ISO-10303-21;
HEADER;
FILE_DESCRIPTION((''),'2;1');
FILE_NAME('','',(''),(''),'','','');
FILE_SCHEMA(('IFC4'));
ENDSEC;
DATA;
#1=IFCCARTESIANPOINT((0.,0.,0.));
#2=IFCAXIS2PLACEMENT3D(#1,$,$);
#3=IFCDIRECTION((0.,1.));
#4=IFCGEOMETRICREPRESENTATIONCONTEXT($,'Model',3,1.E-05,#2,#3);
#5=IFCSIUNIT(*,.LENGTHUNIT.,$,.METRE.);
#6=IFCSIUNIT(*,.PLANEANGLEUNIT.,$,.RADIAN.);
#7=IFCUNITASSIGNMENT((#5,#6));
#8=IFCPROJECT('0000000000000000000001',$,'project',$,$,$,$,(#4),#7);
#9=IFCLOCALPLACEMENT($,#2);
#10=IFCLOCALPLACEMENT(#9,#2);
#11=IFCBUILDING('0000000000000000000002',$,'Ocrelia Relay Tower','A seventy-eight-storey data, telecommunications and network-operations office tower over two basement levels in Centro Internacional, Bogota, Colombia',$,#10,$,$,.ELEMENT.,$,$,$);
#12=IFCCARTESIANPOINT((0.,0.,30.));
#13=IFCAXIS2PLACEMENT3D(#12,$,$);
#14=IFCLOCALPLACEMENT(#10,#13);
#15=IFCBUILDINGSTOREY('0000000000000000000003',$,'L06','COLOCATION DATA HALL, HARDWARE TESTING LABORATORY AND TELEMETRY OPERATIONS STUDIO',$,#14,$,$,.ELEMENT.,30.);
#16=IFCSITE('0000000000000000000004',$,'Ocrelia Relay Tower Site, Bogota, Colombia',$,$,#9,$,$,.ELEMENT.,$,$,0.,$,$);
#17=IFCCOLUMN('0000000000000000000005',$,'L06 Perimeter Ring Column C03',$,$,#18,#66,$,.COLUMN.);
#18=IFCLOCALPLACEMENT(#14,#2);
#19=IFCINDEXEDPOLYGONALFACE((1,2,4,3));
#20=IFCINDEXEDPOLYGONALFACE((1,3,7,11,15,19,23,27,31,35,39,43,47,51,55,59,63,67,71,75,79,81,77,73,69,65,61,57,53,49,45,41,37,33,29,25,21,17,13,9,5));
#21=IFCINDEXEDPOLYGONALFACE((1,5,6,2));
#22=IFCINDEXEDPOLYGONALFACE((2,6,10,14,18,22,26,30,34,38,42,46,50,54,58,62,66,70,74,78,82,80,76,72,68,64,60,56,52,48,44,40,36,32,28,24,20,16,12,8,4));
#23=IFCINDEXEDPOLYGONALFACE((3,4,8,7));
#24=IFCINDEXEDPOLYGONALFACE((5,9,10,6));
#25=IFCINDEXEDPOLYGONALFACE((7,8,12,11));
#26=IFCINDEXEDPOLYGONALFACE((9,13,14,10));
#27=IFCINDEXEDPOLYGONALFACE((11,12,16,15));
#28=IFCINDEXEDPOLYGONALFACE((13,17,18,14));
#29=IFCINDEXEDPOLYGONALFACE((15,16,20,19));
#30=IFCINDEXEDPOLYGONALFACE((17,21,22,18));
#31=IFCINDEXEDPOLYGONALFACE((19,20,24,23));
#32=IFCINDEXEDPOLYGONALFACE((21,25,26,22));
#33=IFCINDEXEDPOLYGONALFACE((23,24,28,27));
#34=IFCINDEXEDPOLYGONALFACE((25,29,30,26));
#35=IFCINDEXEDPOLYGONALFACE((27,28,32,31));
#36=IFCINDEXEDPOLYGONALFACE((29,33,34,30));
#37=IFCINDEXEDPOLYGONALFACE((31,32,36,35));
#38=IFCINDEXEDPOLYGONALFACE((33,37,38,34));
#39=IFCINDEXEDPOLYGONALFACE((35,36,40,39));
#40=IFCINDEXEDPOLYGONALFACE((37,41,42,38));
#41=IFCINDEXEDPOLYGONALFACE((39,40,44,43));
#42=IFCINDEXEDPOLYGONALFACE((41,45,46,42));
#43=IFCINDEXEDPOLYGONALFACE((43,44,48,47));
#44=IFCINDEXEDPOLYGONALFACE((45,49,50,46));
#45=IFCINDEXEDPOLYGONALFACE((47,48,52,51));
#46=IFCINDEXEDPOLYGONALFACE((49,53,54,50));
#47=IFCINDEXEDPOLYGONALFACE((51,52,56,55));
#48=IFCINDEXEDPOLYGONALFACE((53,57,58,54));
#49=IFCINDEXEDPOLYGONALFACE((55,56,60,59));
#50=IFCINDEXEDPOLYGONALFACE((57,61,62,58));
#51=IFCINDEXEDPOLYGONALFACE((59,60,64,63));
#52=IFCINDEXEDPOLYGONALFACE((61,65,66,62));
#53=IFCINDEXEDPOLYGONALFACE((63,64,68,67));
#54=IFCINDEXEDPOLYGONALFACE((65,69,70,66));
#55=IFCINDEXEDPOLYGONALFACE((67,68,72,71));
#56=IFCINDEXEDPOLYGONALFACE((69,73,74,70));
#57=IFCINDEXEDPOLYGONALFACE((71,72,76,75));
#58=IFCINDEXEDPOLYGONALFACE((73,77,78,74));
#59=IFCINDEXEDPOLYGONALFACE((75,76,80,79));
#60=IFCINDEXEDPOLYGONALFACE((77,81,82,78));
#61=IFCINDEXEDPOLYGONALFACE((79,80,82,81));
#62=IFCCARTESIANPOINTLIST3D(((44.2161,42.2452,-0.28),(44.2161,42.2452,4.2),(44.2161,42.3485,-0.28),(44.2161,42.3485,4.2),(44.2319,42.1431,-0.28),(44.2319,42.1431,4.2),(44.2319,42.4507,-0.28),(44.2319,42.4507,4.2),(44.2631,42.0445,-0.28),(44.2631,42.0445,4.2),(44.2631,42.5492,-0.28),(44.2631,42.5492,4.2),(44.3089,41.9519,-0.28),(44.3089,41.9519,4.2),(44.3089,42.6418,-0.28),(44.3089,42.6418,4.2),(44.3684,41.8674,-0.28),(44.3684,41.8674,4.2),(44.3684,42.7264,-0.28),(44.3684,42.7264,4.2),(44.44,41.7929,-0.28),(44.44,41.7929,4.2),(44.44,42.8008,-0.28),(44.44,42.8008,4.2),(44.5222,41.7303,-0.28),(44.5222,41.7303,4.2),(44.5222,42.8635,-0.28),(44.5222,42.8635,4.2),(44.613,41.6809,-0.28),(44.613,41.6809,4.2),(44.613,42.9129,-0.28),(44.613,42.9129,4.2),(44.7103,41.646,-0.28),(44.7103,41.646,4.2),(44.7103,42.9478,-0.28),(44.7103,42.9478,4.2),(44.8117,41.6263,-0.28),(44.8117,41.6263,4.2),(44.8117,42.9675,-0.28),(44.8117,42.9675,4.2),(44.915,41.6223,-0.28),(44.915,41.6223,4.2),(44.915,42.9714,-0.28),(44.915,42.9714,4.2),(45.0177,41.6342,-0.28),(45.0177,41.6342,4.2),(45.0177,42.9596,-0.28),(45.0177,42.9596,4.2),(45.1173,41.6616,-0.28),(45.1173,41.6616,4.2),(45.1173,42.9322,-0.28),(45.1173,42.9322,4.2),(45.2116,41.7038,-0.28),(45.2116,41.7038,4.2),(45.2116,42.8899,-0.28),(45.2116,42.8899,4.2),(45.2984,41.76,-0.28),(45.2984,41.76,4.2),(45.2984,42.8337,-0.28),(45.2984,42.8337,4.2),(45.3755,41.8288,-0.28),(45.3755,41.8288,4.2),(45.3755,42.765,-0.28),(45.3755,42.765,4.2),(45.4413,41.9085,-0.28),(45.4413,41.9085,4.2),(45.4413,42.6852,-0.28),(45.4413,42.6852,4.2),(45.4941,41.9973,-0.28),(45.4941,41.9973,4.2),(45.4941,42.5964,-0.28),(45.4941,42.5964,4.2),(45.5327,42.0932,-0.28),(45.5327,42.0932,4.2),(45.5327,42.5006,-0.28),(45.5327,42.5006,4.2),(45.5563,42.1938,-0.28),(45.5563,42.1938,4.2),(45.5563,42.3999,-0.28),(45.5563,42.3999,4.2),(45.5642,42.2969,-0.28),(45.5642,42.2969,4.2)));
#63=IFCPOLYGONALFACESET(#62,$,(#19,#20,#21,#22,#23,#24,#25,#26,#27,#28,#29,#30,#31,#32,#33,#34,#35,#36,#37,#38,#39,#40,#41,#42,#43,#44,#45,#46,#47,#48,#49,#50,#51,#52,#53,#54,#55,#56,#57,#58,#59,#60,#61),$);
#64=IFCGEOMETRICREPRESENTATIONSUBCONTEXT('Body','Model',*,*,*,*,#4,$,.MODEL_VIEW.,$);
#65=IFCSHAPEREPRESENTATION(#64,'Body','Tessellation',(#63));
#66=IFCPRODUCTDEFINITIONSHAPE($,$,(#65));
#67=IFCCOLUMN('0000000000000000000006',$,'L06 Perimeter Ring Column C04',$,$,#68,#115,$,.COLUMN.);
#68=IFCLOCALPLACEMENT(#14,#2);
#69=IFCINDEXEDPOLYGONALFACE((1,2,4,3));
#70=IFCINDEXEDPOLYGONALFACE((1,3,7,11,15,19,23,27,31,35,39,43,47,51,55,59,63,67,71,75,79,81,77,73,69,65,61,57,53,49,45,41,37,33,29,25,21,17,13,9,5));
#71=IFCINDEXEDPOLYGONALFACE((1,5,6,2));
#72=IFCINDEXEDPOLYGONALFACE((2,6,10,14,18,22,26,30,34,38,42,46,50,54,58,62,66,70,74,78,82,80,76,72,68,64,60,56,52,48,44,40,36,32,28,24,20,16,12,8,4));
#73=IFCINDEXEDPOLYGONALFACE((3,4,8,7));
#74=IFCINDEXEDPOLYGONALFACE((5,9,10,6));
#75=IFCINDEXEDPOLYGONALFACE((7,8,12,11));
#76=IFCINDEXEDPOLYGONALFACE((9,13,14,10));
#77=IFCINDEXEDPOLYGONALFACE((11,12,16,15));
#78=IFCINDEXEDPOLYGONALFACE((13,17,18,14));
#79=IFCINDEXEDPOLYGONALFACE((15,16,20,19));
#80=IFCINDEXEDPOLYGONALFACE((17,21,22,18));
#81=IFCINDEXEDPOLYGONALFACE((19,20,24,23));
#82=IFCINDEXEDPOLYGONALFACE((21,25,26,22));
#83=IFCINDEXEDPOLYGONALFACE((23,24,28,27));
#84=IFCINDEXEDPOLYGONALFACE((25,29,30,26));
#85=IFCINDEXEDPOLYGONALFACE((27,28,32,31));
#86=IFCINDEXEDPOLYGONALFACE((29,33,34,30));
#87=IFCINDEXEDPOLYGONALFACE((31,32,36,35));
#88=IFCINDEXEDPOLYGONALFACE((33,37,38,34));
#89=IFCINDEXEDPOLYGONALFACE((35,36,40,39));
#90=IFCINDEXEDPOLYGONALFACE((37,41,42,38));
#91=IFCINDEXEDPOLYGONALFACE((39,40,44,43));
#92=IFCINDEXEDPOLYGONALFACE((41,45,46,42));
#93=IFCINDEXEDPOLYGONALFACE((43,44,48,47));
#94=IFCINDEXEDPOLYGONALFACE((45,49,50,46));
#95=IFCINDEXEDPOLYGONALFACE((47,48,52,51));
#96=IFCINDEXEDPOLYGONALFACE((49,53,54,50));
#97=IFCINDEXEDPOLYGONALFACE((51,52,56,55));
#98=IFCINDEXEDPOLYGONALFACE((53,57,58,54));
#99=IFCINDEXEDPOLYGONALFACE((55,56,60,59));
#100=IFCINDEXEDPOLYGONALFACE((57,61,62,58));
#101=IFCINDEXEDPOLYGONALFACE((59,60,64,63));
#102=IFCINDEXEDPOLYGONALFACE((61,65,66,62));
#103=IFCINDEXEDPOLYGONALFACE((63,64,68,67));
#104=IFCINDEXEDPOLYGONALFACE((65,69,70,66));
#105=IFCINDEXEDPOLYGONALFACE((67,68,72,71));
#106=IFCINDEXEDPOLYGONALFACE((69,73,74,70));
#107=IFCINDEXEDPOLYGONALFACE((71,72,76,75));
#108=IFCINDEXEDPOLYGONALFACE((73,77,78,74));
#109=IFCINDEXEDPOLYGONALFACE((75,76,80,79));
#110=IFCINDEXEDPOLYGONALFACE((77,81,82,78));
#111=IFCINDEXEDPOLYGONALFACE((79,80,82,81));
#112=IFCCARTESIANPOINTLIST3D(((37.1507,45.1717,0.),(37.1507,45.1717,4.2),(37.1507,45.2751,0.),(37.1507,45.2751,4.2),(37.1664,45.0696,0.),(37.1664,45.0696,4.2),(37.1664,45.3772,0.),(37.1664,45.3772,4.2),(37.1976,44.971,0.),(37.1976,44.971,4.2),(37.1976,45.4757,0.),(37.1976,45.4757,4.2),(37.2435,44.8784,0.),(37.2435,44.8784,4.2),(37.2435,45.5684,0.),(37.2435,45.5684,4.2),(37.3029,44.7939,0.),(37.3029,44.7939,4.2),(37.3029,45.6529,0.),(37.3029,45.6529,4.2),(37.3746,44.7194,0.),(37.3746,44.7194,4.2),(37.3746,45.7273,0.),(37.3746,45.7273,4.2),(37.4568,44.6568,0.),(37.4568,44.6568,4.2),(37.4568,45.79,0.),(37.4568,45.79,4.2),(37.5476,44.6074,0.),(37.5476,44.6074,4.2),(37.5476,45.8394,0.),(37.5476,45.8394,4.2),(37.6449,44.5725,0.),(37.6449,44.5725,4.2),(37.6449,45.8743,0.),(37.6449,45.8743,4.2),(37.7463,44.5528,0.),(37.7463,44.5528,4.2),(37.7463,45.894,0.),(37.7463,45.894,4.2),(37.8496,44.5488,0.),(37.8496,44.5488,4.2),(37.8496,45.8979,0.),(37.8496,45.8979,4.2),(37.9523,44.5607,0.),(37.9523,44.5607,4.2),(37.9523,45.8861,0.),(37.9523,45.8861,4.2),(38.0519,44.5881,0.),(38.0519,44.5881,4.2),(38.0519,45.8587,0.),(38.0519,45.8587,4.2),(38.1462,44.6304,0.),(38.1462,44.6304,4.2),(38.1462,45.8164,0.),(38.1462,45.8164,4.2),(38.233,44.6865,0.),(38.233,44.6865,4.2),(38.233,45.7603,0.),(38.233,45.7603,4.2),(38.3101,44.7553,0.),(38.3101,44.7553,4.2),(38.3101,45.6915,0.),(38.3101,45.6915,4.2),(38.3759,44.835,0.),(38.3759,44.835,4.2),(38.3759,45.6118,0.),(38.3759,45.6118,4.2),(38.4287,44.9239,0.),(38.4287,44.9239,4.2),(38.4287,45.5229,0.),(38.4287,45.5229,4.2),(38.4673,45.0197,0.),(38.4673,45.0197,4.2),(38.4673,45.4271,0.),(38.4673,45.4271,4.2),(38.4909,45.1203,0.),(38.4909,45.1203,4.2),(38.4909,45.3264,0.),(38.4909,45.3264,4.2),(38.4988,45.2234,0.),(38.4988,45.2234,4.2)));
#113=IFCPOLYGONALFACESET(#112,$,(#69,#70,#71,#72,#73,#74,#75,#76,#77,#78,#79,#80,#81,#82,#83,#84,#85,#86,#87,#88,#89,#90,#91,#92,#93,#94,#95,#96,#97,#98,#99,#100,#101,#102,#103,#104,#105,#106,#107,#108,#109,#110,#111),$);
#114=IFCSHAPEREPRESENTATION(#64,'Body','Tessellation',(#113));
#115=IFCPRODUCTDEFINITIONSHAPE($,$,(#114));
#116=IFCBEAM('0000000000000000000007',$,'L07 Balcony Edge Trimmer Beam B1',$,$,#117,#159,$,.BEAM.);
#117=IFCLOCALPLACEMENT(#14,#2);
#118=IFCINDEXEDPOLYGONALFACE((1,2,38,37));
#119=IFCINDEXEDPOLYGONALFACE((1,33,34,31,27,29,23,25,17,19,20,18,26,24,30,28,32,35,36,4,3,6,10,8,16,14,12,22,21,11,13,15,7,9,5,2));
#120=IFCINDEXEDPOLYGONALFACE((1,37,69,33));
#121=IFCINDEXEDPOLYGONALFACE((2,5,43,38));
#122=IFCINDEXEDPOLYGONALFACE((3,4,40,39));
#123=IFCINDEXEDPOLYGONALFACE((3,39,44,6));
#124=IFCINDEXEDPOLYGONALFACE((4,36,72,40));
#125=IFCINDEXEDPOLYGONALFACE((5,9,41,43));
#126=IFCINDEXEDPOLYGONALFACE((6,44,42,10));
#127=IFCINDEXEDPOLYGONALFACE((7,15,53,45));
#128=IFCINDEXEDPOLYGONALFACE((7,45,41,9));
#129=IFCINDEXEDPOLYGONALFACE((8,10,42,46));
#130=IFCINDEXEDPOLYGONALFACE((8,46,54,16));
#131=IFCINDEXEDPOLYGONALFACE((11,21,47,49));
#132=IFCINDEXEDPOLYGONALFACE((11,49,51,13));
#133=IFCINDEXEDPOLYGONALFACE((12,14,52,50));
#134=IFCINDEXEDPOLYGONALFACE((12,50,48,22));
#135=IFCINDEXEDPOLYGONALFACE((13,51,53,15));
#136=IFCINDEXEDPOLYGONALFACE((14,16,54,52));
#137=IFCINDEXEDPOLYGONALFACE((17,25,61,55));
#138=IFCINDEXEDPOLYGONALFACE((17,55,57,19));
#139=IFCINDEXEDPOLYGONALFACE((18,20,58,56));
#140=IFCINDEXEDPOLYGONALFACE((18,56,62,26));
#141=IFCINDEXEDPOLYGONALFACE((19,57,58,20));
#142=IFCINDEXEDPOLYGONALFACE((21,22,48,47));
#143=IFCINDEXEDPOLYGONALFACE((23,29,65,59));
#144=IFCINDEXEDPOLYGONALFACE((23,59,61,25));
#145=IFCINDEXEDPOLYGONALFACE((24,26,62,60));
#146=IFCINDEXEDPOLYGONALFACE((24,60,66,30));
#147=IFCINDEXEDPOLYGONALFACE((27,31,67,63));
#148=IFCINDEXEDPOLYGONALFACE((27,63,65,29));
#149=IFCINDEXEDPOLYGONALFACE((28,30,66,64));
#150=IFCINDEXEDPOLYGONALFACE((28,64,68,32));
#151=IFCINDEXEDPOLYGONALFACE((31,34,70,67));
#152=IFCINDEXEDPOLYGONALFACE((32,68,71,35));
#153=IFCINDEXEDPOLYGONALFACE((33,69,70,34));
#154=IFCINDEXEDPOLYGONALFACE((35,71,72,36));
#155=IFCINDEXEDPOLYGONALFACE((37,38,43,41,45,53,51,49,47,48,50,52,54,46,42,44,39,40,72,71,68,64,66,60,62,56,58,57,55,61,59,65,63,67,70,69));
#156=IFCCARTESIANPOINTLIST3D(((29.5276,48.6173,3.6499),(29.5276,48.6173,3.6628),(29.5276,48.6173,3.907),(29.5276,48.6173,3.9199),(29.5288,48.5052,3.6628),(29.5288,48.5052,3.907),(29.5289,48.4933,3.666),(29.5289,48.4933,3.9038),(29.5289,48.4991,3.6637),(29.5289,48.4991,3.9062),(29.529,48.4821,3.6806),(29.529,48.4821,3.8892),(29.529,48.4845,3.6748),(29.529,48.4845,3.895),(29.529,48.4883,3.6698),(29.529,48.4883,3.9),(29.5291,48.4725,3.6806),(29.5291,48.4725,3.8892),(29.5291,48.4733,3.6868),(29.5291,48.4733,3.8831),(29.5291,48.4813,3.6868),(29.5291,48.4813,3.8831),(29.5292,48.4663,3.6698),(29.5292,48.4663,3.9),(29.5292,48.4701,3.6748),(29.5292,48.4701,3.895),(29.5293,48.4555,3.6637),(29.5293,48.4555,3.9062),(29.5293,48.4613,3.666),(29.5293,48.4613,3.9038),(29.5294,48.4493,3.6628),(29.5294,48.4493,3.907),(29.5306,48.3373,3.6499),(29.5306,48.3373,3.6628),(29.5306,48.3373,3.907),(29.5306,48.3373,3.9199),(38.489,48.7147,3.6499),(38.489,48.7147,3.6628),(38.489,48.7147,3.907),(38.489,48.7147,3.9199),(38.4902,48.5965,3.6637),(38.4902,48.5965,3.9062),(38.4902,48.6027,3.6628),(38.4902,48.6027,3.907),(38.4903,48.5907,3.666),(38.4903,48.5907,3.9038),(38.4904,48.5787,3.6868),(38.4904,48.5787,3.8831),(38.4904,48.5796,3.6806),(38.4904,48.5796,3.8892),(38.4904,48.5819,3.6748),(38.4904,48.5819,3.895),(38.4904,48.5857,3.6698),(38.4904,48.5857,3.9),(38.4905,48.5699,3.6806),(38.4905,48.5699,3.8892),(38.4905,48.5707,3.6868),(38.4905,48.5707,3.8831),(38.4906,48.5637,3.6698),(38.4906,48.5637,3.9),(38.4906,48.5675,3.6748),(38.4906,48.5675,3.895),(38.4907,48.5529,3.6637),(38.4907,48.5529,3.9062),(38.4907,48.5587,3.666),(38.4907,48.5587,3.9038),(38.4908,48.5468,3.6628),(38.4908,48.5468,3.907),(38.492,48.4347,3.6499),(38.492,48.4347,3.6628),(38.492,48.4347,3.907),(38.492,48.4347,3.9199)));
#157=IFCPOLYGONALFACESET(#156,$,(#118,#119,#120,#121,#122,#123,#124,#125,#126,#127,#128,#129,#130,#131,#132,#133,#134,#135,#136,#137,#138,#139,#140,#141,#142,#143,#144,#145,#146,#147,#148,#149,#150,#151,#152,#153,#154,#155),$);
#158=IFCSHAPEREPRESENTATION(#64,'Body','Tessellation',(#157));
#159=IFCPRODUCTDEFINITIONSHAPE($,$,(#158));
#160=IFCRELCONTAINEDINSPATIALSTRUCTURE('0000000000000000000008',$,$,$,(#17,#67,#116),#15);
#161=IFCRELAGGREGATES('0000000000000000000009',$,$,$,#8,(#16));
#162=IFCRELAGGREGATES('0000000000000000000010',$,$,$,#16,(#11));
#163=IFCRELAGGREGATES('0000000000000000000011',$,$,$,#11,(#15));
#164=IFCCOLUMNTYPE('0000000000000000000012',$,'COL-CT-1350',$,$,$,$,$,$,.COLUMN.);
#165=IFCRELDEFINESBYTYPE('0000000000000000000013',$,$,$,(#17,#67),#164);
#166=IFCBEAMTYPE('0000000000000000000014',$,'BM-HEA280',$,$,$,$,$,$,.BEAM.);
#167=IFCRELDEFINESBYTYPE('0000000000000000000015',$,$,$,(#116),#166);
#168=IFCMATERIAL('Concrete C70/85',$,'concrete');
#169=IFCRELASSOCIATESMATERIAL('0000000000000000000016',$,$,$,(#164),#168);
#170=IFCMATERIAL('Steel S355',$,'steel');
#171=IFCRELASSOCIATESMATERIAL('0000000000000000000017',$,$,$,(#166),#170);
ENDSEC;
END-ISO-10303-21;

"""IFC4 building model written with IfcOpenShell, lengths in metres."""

from ifc_helpers import new_model, si_unit, direction, frame, origin, origin_2d, place, context, subcontext, project, spatial, circle, i_section, extrude, material, material_profile, profile_set, type_object, element, save


model = new_model("IFC4")

# Units and contexts
model_context = context("Model", 3, precision=1e-05, world=origin(), true_north=direction((0.0, 1.0)))
body_context = subcontext(model_context, "Body", "Model", "MODEL_VIEW")
ifc_project = project(units=[si_unit("LENGTHUNIT", "METRE"), si_unit("PLANEANGLEUNIT", "RADIAN")], contexts=[model_context])

# Site, building, storey
site_placement = place(None, origin())
site = spatial("IfcSite", under=ifc_project, at=site_placement, Name="Ocrelia Relay Tower Site, Bogota, Colombia", CompositionType="ELEMENT", RefElevation=0.0)
building_placement = place(site_placement, origin())
building = spatial("IfcBuilding", under=site, at=building_placement, Name="Ocrelia Relay Tower", Description="A seventy-eight-storey data, telecommunications and network-operations office tower over two basement levels in Centro Internacional, Bogota, Colombia", CompositionType="ELEMENT")
storey_placement = place(building_placement, frame((0.0, 0.0, 30.0)))
storey = spatial("IfcBuildingStorey", under=building, at=storey_placement, Name="L06", Description="COLOCATION DATA HALL, HARDWARE TESTING LABORATORY AND TELEMETRY OPERATIONS STUDIO", CompositionType="ELEMENT", Elevation=30.0)

# Columns
ifc_material_1 = material(Name="Concrete C70/85", Category="concrete")
ifc_material_profile_1 = material_profile(ifc_material_1, circle(Radius=0.675, at=origin_2d()), Name="RC-CIR-1350")
ifc_profile_set_1 = profile_set([ifc_material_profile_1], Name="Concrete C70/85")
column_type = type_object("IfcColumnType", Name="COL-CT-1350", PredefinedType="COLUMN", material=ifc_profile_set_1)
column_1_placement = place(storey_placement, frame((44.8892, 42.2969, -0.28), z_axis=(0.0, 0.0, 1.0), x_axis=(1.0, 0.0, 0.0)))
element("IfcColumn", 1, at=column_1_placement, inside=storey, type_object=column_type, Name="L06 Perimeter Ring Column C03", PredefinedType="COLUMN", context=body_context, shape_type="SweptSolid", body=[
    extrude(circle(Radius=0.675, at=origin_2d()), origin(), (0.0, 0.0, 1.0), 4.48),
])
column_2_placement = place(storey_placement, frame((37.8237, 45.2234, 0.0), z_axis=(0.0, 0.0, 1.0), x_axis=(1.0, 0.0, 0.0)))
element("IfcColumn", 2, at=column_2_placement, inside=storey, type_object=column_type, Name="L06 Perimeter Ring Column C04", PredefinedType="COLUMN", context=body_context, shape_type="SweptSolid", body=[
    extrude(circle(Radius=0.675, at=origin_2d()), origin(), (0.0, 0.0, 1.0), 4.2),
])

# Beam
ifc_material_2 = material(Name="Steel S355", Category="steel")
ifc_material_profile_2 = material_profile(ifc_material_2, i_section(OverallWidth=0.28, OverallDepth=0.27, WebThickness=0.0081, FlangeThickness=0.0129, FilletRadius=0.0239, at=origin_2d()), Name="HEA 280")
ifc_profile_set_2 = profile_set([ifc_material_profile_2], Name="Steel S355")
beam_type_1 = type_object("IfcBeamType", Name="BM-HEA280", PredefinedType="BEAM", material=ifc_profile_set_2)
beam_1_placement = place(storey_placement, frame((38.4905, 48.5747, 3.7849), z_axis=(-0.999941, -0.01087, 0.0), x_axis=(0.01087, -0.999941, 0.0)))
element("IfcBeam", 3, at=beam_1_placement, inside=storey, type_object=beam_type_1, Name="L07 Balcony Edge Trimmer Beam B1", PredefinedType="BEAM", context=body_context, shape_type="SweptSolid", body=[
    extrude(i_section(OverallWidth=0.28, OverallDepth=0.27, WebThickness=0.0081, FlangeThickness=0.0129, FilletRadius=0.0239, at=origin_2d()), origin(), (0.0, 0.0, 1.0), 8.9619),
])

save(model, "model.ifc")
